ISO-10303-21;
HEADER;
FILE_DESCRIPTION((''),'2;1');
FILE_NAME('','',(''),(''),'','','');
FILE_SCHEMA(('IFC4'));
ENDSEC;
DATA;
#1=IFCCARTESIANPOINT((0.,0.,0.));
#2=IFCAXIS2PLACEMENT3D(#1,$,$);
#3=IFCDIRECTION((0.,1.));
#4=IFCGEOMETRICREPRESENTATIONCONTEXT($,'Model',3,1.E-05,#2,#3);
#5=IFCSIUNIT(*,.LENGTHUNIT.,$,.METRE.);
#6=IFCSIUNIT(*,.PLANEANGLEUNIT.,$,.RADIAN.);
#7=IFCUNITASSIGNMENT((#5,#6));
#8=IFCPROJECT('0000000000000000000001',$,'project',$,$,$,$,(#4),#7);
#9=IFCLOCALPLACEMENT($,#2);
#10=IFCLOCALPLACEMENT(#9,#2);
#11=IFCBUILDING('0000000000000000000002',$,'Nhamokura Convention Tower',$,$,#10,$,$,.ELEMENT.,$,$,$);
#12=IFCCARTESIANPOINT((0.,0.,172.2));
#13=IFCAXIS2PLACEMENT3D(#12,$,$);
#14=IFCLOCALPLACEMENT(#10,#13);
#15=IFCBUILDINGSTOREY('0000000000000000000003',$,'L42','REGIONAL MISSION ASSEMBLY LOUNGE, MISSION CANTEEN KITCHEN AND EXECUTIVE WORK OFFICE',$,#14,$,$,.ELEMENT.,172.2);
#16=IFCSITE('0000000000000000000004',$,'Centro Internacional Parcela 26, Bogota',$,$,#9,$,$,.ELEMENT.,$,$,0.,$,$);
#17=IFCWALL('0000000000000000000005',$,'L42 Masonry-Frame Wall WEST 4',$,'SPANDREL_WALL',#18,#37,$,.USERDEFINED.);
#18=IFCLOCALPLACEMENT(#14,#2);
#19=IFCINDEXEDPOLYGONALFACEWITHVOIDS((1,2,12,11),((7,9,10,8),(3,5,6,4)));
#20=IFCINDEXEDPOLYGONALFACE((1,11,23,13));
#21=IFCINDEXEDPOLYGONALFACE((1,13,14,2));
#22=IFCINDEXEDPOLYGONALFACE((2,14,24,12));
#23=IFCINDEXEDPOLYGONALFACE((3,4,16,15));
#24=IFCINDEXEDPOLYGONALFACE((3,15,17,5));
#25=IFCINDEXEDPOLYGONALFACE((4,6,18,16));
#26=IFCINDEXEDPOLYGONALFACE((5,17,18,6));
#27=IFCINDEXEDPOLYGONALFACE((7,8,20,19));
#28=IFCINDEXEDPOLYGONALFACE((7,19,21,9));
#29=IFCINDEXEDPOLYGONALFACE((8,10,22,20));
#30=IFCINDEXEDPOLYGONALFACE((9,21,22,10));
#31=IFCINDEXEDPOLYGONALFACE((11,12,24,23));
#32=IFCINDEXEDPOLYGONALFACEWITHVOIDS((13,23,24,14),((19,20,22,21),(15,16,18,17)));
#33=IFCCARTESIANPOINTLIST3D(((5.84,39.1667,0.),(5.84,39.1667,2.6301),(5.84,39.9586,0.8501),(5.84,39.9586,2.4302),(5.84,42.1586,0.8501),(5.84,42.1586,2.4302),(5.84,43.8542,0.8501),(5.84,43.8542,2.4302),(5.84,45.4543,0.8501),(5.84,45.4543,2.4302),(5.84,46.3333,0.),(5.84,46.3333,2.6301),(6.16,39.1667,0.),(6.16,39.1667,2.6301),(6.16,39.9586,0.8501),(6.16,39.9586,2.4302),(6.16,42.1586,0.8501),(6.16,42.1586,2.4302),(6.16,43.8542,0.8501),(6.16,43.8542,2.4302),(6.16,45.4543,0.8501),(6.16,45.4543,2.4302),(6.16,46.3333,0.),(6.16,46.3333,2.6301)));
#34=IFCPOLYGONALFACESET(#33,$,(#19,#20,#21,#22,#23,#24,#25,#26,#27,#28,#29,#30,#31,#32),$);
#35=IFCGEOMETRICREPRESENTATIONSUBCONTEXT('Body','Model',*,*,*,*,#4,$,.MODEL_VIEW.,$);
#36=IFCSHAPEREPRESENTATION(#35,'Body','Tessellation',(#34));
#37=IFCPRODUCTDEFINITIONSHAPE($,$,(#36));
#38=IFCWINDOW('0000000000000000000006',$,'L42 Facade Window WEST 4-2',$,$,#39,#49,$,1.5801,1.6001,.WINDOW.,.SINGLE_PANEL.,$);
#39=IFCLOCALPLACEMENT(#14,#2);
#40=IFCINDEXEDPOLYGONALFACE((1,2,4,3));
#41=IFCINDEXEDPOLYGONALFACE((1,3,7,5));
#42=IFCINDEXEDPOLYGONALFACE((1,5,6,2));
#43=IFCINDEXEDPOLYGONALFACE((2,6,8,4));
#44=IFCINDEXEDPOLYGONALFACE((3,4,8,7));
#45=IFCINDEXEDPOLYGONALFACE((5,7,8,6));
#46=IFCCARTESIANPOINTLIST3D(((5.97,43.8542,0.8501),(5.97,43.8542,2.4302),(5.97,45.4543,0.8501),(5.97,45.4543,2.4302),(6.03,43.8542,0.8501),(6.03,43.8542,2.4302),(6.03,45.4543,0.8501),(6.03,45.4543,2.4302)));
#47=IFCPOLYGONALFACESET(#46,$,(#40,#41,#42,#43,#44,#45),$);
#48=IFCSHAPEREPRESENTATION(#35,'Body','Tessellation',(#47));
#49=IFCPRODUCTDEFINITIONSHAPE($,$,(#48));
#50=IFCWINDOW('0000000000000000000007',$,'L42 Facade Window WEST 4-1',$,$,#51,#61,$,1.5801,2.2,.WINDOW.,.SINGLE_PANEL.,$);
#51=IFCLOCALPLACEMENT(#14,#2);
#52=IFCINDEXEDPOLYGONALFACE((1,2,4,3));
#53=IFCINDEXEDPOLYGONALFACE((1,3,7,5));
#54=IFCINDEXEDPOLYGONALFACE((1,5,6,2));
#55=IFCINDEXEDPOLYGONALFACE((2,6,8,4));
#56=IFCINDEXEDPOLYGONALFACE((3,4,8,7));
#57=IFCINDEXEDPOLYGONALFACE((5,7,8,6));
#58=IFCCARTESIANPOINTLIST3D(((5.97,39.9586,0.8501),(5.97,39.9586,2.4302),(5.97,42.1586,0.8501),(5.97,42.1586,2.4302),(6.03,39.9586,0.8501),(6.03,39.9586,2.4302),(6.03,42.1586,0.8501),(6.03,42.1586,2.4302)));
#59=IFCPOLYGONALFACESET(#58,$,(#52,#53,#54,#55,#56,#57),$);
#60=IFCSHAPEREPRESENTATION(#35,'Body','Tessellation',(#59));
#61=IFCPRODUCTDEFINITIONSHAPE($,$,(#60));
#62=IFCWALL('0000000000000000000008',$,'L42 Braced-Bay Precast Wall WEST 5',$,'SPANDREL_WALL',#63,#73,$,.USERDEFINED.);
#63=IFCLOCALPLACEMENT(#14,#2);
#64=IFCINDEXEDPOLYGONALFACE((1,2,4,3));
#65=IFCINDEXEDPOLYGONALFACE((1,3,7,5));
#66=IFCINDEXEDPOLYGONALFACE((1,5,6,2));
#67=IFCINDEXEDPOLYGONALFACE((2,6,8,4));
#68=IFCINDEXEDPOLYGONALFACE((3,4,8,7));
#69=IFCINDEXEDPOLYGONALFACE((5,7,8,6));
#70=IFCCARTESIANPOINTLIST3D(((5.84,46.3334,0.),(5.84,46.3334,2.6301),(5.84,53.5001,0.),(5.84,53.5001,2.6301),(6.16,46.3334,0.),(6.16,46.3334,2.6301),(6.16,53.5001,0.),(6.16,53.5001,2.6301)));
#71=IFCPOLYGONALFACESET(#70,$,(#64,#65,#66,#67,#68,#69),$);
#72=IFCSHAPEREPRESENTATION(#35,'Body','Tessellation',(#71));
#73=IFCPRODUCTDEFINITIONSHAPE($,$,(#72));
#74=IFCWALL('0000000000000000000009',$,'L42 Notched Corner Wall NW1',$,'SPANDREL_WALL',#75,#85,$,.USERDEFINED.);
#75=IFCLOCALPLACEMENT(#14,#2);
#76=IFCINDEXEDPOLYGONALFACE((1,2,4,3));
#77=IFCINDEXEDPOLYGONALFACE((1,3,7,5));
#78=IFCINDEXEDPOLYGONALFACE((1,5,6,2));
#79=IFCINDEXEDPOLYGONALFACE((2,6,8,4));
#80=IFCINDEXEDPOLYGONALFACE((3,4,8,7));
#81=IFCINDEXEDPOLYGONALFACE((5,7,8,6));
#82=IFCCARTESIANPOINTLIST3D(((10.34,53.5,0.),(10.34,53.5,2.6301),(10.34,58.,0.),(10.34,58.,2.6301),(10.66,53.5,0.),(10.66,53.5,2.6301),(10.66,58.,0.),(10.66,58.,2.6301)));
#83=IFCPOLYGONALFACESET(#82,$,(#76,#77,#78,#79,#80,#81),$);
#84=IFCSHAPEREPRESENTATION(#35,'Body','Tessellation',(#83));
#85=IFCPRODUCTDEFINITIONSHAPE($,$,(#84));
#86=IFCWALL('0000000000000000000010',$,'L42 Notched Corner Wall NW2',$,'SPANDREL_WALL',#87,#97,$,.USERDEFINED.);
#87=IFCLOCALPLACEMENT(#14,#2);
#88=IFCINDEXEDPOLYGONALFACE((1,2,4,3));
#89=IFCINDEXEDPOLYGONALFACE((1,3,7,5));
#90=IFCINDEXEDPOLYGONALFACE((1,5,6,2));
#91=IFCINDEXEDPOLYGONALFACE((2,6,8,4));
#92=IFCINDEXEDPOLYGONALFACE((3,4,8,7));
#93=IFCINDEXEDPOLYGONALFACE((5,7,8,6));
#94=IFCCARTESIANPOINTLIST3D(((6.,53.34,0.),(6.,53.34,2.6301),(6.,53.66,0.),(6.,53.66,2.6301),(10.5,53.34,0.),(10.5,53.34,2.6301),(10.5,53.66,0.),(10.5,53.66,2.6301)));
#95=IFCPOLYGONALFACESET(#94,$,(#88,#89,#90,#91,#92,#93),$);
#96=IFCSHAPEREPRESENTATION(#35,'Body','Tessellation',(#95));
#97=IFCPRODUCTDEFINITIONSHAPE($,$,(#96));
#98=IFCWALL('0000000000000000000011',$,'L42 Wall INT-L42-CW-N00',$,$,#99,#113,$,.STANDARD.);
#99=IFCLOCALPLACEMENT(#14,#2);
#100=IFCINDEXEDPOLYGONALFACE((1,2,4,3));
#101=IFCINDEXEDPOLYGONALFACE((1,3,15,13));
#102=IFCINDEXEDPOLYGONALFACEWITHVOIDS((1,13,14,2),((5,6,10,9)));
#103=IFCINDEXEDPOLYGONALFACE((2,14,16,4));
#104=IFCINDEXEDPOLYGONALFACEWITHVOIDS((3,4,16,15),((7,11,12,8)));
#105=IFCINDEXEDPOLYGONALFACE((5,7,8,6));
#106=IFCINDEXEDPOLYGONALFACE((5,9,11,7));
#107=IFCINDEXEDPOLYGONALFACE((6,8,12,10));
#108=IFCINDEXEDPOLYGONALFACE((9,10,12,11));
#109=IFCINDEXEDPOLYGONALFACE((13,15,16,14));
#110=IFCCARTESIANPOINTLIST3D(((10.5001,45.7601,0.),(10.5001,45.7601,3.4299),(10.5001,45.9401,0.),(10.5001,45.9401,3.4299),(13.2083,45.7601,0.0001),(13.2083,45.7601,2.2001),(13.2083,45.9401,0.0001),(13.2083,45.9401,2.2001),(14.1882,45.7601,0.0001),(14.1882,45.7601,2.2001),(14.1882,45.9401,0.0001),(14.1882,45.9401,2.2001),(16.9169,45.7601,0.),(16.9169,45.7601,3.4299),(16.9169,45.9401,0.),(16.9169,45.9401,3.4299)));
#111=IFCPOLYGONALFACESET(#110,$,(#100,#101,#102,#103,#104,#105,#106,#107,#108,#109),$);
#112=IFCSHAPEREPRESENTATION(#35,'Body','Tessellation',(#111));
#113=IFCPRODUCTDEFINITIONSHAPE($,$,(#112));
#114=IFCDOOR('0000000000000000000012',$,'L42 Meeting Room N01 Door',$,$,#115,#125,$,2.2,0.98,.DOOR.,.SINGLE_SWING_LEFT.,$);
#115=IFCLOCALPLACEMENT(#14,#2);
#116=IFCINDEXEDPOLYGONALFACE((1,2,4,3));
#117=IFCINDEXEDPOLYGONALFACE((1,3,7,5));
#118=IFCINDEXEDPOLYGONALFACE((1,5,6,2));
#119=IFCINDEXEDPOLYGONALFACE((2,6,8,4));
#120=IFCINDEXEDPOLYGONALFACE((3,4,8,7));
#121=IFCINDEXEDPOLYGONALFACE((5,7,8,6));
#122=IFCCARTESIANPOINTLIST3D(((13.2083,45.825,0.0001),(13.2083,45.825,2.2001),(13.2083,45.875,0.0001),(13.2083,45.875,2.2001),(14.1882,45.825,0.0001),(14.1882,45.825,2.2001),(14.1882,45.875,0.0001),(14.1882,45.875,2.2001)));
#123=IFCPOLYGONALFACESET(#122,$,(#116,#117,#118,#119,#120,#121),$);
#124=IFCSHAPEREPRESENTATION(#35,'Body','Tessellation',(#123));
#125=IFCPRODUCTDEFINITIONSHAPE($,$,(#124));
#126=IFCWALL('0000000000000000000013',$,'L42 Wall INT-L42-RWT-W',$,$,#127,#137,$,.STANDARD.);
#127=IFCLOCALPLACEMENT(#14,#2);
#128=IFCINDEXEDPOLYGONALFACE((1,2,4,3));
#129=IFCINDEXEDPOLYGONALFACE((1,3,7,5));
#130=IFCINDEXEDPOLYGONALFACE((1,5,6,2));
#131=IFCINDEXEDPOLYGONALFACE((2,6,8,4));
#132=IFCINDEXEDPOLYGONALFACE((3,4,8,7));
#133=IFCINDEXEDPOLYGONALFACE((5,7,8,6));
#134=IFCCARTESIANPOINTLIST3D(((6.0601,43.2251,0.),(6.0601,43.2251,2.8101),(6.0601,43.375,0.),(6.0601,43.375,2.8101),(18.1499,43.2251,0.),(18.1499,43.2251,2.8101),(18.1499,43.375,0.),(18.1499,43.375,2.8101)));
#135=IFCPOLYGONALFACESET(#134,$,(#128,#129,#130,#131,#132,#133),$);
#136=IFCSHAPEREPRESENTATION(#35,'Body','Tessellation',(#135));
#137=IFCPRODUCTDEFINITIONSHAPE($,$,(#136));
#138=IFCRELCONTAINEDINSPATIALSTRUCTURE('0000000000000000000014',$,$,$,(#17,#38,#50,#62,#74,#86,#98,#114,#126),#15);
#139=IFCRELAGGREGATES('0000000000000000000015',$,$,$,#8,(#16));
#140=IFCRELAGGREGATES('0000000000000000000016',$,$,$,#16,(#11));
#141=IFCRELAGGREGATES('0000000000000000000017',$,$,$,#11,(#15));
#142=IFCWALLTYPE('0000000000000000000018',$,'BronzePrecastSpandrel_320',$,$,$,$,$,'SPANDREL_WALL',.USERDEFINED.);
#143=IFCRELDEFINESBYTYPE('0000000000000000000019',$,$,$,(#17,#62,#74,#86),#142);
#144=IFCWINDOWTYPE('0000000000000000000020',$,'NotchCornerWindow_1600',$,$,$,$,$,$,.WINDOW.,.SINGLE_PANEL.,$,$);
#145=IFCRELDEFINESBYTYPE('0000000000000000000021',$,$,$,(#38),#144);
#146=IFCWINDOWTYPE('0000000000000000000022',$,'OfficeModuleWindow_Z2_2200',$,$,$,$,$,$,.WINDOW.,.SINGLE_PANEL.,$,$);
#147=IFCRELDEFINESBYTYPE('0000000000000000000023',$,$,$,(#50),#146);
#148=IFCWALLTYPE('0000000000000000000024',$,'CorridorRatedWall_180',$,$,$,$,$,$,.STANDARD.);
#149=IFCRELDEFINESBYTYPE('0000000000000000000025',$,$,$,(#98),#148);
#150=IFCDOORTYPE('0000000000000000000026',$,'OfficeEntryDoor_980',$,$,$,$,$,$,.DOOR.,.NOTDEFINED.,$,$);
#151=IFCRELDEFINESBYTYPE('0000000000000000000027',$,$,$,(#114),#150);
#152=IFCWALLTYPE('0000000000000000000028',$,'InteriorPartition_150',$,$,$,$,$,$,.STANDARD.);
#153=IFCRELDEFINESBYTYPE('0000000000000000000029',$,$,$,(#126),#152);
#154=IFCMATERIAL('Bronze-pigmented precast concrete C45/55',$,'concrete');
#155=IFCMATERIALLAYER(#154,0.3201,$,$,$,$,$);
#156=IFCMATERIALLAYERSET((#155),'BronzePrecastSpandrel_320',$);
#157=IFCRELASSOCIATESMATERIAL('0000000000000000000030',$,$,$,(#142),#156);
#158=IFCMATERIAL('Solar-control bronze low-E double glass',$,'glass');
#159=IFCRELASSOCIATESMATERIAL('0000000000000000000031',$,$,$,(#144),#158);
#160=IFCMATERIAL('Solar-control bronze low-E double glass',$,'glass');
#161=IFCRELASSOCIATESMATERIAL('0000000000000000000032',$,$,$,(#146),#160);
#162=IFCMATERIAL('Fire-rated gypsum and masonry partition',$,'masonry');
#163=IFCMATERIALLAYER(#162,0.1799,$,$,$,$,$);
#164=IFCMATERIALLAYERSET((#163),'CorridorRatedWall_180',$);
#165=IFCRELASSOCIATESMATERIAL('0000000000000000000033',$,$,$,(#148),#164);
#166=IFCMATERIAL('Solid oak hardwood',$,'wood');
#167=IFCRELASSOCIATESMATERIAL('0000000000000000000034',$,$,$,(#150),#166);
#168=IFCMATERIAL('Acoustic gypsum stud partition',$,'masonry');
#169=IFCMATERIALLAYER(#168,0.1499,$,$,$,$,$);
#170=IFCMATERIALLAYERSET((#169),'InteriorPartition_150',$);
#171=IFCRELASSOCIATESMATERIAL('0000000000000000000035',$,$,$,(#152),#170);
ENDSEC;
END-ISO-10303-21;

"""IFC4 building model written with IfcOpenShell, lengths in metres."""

from ifc_helpers import new_model, si_unit, direction, frame, frame_2d, origin, place, context, subcontext, project, spatial, rectangle, extrude, material, layer, layer_set, type_object, element, fill, save


model = new_model("IFC4")

# Units and contexts
model_context = context("Model", 3, precision=1e-05, world=origin(), true_north=direction((0.0, 1.0)))
body_context = subcontext(model_context, "Body", "Model", "MODEL_VIEW")
ifc_project = project(units=[si_unit("LENGTHUNIT", "METRE"), si_unit("PLANEANGLEUNIT", "RADIAN")], contexts=[model_context])

# Site, building, storey
site_placement = place(None, origin())
site = spatial("IfcSite", under=ifc_project, at=site_placement, Name="Centro Internacional Parcela 26, Bogota", CompositionType="ELEMENT", RefElevation=0.0)
building_placement = place(site_placement, origin())
building = spatial("IfcBuilding", under=site, at=building_placement, Name="Nhamokura Convention Tower", CompositionType="ELEMENT")
storey_placement = place(building_placement, frame((0.0, 0.0, 172.2)))
storey = spatial("IfcBuildingStorey", under=building, at=storey_placement, Name="L42", Description="REGIONAL MISSION ASSEMBLY LOUNGE, MISSION CANTEEN KITCHEN AND EXECUTIVE WORK OFFICE", CompositionType="ELEMENT", Elevation=172.2)

# Wall, openings, windows
ifc_material_1 = material(Name="Bronze-pigmented precast concrete C45/55", Category="concrete")
ifc_layer_1 = layer(ifc_material_1, 0.3201)
ifc_layer_set_1 = layer_set([ifc_layer_1], Name="BronzePrecastSpandrel_320")
wall_type_1 = type_object("IfcWallType", Name="BronzePrecastSpandrel_320", ElementType="SPANDREL_WALL", PredefinedType="USERDEFINED", material=ifc_layer_set_1)
wall_1_placement = place(storey_placement, frame((6.0, 39.1667, 0.0), z_axis=(0.0, 0.0, 1.0), x_axis=(0.0, 1.0, 0.0)))
wall_1 = element("IfcWall", 1, at=wall_1_placement, inside=storey, type_object=wall_type_1, Name="L42 Masonry-Frame Wall WEST 4", ObjectType="SPANDREL_WALL", PredefinedType="USERDEFINED", context=body_context, shape_type="SweptSolid", body=[
    extrude(rectangle(XDim=7.1665, YDim=0.3201, at=frame_2d((3.5833, 0.0))), origin(), (0.0, 0.0, 1.0), 2.6301),
])
opening_1_placement = place(wall_1_placement, frame((0.7917, 0.0, 0.8501)))
opening_1 = element("IfcOpeningElement", 2, at=opening_1_placement, cuts=wall_1, PredefinedType="OPENING", context=body_context, shape_type="SweptSolid", body=[
    extrude(rectangle(XDim=2.2, YDim=1.5801, at=frame_2d((1.1001, 0.79))), frame((0.0, 0.1699, 0.0), z_axis=(0.0, -1.0, 0.0), x_axis=(1.0, 0.0, 0.0)), (0.0, 0.0, 1.0), 0.3401),
])
opening_2_placement = place(wall_1_placement, frame((4.6875, 0.0, 0.8501)))
opening_2 = element("IfcOpeningElement", 3, at=opening_2_placement, cuts=wall_1, PredefinedType="OPENING", context=body_context, shape_type="SweptSolid", body=[
    extrude(rectangle(XDim=1.6001, YDim=1.5801, at=frame_2d((0.8, 0.79))), frame((0.0, 0.1699, 0.0), z_axis=(0.0, -1.0, 0.0), x_axis=(1.0, 0.0, 0.0)), (0.0, 0.0, 1.0), 0.3401),
])
ifc_material_2 = material(Name="Solar-control bronze low-E double glass", Category="glass")
window_type_1 = type_object("IfcWindowType", Name="NotchCornerWindow_1600", PartitioningType="SINGLE_PANEL", PredefinedType="WINDOW", material=ifc_material_2)
window_1_placement = place(opening_2_placement, origin())
window_1 = element("IfcWindow", 4, at=window_1_placement, inside=storey, type_object=window_type_1, Name="L42 Facade Window WEST 4-2", OverallHeight=1.5801, OverallWidth=1.6001, PartitioningType="SINGLE_PANEL", PredefinedType="WINDOW", context=body_context, shape_type="SweptSolid", body=[
    extrude(rectangle(XDim=1.6001, YDim=1.5801, at=frame_2d((0.8, 0.79))), frame((0.0, 0.03, 0.0), z_axis=(0.0, -1.0, 0.0), x_axis=(1.0, 0.0, 0.0)), (0.0, 0.0, 1.0), 0.0601),
])
fill(opening_2, window_1)
ifc_material_3 = material(Name="Solar-control bronze low-E double glass", Category="glass")
window_type_2 = type_object("IfcWindowType", Name="OfficeModuleWindow_Z2_2200", PartitioningType="SINGLE_PANEL", PredefinedType="WINDOW", material=ifc_material_3)
window_2_placement = place(opening_1_placement, origin())
window_2 = element("IfcWindow", 5, at=window_2_placement, inside=storey, type_object=window_type_2, Name="L42 Facade Window WEST 4-1", OverallHeight=1.5801, OverallWidth=2.2, PartitioningType="SINGLE_PANEL", PredefinedType="WINDOW", context=body_context, shape_type="SweptSolid", body=[
    extrude(rectangle(XDim=2.2, YDim=1.5801, at=frame_2d((1.1001, 0.79))), frame((0.0, 0.03, 0.0), z_axis=(0.0, -1.0, 0.0), x_axis=(1.0, 0.0, 0.0)), (0.0, 0.0, 1.0), 0.0601),
])
fill(opening_1, window_2)

# Walls
wall_2_placement = place(storey_placement, frame((6.0, 46.3333, 0.0), z_axis=(0.0, 0.0, 1.0), x_axis=(0.0, 1.0, 0.0)))
element("IfcWall", 6, at=wall_2_placement, inside=storey, type_object=wall_type_1, Name="L42 Braced-Bay Precast Wall WEST 5", ObjectType="SPANDREL_WALL", PredefinedType="USERDEFINED", context=body_context, shape_type="SweptSolid", body=[
    extrude(rectangle(XDim=7.1667, YDim=0.3201, at=frame_2d((3.5835, 0.0))), origin(), (0.0, 0.0, 1.0), 2.6301),
])
for number, where, z_axis, x_axis, name in (
    (7, (10.5, 53.5, 0.0), (0.0, 0.0, 1.0), (0.0, 1.0, 0.0), "L42 Notched Corner Wall NW1"),
    (8, (6.0, 53.5, 0.0), (0.0, 0.0, 1.0), (1.0, 0.0, 0.0), "L42 Notched Corner Wall NW2"),
):
    element("IfcWall", number, at=place(storey_placement, frame(where, z_axis=z_axis, x_axis=x_axis)), inside=storey, type_object=wall_type_1, Name=name, ObjectType="SPANDREL_WALL", PredefinedType="USERDEFINED", context=body_context, shape_type="SweptSolid", body=[
        extrude(rectangle(XDim=4.5, YDim=0.3201, at=frame_2d((2.25, 0.0))), origin(), (0.0, 0.0, 1.0), 2.6301),
    ])

# Wall, opening, door
ifc_material_4 = material(Name="Fire-rated gypsum and masonry partition", Category="masonry")
ifc_layer_2 = layer(ifc_material_4, 0.1799)
ifc_layer_set_2 = layer_set([ifc_layer_2], Name="CorridorRatedWall_180")
wall_type_2 = type_object("IfcWallType", Name="CorridorRatedWall_180", PredefinedType="STANDARD", material=ifc_layer_set_2)
wall_3_placement = place(storey_placement, frame((10.5, 45.8501, 0.0), z_axis=(0.0, 0.0, 1.0), x_axis=(1.0, 0.0, 0.0)))
wall_3 = element("IfcWall", 9, at=wall_3_placement, inside=storey, type_object=wall_type_2, Name="L42 Wall INT-L42-CW-N00", PredefinedType="STANDARD", context=body_context, shape_type="SweptSolid", body=[
    extrude(rectangle(XDim=6.4167, YDim=0.1799, at=frame_2d((3.2085, 0.0))), origin(), (0.0, 0.0, 1.0), 3.4299),
])
opening_3_placement = place(wall_3_placement, frame((2.7083, 0.0, 0.0)))
opening_3 = element("IfcOpeningElement", 10, at=opening_3_placement, cuts=wall_3, PredefinedType="OPENING", context=body_context, shape_type="SweptSolid", body=[
    extrude(rectangle(XDim=0.98, YDim=2.2, at=frame_2d((0.49, 1.1001))), frame((0.0, 0.0999, 0.0), z_axis=(0.0, -1.0, 0.0), x_axis=(1.0, 0.0, 0.0)), (0.0, 0.0, 1.0), 0.2),
])
ifc_material_5 = material(Name="Solid oak hardwood", Category="wood")
door_type = type_object("IfcDoorType", Name="OfficeEntryDoor_980", OperationType="NOTDEFINED", PredefinedType="DOOR", material=ifc_material_5)
door_placement = place(opening_3_placement, origin())
door = element("IfcDoor", 11, at=door_placement, inside=storey, type_object=door_type, Name="L42 Meeting Room N01 Door", OperationType="SINGLE_SWING_LEFT", OverallHeight=2.2, OverallWidth=0.98, PredefinedType="DOOR", context=body_context, shape_type="SweptSolid", body=[
    extrude(rectangle(XDim=0.98, YDim=2.2, at=frame_2d((0.49, 1.1001))), frame((0.0, 0.0249, 0.0), z_axis=(0.0, -1.0, 0.0), x_axis=(1.0, 0.0, 0.0)), (0.0, 0.0, 1.0), 0.05),
])
fill(opening_3, door)

# Wall
ifc_material_6 = material(Name="Acoustic gypsum stud partition", Category="masonry")
ifc_layer_3 = layer(ifc_material_6, 0.1499)
ifc_layer_set_3 = layer_set([ifc_layer_3], Name="InteriorPartition_150")
wall_type_3 = type_object("IfcWallType", Name="InteriorPartition_150", PredefinedType="STANDARD", material=ifc_layer_set_3)
wall_4_placement = place(storey_placement, frame((6.0601, 43.3, 0.0), z_axis=(0.0, 0.0, 1.0), x_axis=(1.0, 0.0, 0.0)))
element("IfcWall", 12, at=wall_4_placement, inside=storey, type_object=wall_type_3, Name="L42 Wall INT-L42-RWT-W", PredefinedType="STANDARD", context=body_context, shape_type="SweptSolid", body=[
    extrude(rectangle(XDim=12.0898, YDim=0.1499, at=frame_2d((6.0449, 0.0))), origin(), (0.0, 0.0, 1.0), 2.8101),
])

save(model, "model.ifc")
